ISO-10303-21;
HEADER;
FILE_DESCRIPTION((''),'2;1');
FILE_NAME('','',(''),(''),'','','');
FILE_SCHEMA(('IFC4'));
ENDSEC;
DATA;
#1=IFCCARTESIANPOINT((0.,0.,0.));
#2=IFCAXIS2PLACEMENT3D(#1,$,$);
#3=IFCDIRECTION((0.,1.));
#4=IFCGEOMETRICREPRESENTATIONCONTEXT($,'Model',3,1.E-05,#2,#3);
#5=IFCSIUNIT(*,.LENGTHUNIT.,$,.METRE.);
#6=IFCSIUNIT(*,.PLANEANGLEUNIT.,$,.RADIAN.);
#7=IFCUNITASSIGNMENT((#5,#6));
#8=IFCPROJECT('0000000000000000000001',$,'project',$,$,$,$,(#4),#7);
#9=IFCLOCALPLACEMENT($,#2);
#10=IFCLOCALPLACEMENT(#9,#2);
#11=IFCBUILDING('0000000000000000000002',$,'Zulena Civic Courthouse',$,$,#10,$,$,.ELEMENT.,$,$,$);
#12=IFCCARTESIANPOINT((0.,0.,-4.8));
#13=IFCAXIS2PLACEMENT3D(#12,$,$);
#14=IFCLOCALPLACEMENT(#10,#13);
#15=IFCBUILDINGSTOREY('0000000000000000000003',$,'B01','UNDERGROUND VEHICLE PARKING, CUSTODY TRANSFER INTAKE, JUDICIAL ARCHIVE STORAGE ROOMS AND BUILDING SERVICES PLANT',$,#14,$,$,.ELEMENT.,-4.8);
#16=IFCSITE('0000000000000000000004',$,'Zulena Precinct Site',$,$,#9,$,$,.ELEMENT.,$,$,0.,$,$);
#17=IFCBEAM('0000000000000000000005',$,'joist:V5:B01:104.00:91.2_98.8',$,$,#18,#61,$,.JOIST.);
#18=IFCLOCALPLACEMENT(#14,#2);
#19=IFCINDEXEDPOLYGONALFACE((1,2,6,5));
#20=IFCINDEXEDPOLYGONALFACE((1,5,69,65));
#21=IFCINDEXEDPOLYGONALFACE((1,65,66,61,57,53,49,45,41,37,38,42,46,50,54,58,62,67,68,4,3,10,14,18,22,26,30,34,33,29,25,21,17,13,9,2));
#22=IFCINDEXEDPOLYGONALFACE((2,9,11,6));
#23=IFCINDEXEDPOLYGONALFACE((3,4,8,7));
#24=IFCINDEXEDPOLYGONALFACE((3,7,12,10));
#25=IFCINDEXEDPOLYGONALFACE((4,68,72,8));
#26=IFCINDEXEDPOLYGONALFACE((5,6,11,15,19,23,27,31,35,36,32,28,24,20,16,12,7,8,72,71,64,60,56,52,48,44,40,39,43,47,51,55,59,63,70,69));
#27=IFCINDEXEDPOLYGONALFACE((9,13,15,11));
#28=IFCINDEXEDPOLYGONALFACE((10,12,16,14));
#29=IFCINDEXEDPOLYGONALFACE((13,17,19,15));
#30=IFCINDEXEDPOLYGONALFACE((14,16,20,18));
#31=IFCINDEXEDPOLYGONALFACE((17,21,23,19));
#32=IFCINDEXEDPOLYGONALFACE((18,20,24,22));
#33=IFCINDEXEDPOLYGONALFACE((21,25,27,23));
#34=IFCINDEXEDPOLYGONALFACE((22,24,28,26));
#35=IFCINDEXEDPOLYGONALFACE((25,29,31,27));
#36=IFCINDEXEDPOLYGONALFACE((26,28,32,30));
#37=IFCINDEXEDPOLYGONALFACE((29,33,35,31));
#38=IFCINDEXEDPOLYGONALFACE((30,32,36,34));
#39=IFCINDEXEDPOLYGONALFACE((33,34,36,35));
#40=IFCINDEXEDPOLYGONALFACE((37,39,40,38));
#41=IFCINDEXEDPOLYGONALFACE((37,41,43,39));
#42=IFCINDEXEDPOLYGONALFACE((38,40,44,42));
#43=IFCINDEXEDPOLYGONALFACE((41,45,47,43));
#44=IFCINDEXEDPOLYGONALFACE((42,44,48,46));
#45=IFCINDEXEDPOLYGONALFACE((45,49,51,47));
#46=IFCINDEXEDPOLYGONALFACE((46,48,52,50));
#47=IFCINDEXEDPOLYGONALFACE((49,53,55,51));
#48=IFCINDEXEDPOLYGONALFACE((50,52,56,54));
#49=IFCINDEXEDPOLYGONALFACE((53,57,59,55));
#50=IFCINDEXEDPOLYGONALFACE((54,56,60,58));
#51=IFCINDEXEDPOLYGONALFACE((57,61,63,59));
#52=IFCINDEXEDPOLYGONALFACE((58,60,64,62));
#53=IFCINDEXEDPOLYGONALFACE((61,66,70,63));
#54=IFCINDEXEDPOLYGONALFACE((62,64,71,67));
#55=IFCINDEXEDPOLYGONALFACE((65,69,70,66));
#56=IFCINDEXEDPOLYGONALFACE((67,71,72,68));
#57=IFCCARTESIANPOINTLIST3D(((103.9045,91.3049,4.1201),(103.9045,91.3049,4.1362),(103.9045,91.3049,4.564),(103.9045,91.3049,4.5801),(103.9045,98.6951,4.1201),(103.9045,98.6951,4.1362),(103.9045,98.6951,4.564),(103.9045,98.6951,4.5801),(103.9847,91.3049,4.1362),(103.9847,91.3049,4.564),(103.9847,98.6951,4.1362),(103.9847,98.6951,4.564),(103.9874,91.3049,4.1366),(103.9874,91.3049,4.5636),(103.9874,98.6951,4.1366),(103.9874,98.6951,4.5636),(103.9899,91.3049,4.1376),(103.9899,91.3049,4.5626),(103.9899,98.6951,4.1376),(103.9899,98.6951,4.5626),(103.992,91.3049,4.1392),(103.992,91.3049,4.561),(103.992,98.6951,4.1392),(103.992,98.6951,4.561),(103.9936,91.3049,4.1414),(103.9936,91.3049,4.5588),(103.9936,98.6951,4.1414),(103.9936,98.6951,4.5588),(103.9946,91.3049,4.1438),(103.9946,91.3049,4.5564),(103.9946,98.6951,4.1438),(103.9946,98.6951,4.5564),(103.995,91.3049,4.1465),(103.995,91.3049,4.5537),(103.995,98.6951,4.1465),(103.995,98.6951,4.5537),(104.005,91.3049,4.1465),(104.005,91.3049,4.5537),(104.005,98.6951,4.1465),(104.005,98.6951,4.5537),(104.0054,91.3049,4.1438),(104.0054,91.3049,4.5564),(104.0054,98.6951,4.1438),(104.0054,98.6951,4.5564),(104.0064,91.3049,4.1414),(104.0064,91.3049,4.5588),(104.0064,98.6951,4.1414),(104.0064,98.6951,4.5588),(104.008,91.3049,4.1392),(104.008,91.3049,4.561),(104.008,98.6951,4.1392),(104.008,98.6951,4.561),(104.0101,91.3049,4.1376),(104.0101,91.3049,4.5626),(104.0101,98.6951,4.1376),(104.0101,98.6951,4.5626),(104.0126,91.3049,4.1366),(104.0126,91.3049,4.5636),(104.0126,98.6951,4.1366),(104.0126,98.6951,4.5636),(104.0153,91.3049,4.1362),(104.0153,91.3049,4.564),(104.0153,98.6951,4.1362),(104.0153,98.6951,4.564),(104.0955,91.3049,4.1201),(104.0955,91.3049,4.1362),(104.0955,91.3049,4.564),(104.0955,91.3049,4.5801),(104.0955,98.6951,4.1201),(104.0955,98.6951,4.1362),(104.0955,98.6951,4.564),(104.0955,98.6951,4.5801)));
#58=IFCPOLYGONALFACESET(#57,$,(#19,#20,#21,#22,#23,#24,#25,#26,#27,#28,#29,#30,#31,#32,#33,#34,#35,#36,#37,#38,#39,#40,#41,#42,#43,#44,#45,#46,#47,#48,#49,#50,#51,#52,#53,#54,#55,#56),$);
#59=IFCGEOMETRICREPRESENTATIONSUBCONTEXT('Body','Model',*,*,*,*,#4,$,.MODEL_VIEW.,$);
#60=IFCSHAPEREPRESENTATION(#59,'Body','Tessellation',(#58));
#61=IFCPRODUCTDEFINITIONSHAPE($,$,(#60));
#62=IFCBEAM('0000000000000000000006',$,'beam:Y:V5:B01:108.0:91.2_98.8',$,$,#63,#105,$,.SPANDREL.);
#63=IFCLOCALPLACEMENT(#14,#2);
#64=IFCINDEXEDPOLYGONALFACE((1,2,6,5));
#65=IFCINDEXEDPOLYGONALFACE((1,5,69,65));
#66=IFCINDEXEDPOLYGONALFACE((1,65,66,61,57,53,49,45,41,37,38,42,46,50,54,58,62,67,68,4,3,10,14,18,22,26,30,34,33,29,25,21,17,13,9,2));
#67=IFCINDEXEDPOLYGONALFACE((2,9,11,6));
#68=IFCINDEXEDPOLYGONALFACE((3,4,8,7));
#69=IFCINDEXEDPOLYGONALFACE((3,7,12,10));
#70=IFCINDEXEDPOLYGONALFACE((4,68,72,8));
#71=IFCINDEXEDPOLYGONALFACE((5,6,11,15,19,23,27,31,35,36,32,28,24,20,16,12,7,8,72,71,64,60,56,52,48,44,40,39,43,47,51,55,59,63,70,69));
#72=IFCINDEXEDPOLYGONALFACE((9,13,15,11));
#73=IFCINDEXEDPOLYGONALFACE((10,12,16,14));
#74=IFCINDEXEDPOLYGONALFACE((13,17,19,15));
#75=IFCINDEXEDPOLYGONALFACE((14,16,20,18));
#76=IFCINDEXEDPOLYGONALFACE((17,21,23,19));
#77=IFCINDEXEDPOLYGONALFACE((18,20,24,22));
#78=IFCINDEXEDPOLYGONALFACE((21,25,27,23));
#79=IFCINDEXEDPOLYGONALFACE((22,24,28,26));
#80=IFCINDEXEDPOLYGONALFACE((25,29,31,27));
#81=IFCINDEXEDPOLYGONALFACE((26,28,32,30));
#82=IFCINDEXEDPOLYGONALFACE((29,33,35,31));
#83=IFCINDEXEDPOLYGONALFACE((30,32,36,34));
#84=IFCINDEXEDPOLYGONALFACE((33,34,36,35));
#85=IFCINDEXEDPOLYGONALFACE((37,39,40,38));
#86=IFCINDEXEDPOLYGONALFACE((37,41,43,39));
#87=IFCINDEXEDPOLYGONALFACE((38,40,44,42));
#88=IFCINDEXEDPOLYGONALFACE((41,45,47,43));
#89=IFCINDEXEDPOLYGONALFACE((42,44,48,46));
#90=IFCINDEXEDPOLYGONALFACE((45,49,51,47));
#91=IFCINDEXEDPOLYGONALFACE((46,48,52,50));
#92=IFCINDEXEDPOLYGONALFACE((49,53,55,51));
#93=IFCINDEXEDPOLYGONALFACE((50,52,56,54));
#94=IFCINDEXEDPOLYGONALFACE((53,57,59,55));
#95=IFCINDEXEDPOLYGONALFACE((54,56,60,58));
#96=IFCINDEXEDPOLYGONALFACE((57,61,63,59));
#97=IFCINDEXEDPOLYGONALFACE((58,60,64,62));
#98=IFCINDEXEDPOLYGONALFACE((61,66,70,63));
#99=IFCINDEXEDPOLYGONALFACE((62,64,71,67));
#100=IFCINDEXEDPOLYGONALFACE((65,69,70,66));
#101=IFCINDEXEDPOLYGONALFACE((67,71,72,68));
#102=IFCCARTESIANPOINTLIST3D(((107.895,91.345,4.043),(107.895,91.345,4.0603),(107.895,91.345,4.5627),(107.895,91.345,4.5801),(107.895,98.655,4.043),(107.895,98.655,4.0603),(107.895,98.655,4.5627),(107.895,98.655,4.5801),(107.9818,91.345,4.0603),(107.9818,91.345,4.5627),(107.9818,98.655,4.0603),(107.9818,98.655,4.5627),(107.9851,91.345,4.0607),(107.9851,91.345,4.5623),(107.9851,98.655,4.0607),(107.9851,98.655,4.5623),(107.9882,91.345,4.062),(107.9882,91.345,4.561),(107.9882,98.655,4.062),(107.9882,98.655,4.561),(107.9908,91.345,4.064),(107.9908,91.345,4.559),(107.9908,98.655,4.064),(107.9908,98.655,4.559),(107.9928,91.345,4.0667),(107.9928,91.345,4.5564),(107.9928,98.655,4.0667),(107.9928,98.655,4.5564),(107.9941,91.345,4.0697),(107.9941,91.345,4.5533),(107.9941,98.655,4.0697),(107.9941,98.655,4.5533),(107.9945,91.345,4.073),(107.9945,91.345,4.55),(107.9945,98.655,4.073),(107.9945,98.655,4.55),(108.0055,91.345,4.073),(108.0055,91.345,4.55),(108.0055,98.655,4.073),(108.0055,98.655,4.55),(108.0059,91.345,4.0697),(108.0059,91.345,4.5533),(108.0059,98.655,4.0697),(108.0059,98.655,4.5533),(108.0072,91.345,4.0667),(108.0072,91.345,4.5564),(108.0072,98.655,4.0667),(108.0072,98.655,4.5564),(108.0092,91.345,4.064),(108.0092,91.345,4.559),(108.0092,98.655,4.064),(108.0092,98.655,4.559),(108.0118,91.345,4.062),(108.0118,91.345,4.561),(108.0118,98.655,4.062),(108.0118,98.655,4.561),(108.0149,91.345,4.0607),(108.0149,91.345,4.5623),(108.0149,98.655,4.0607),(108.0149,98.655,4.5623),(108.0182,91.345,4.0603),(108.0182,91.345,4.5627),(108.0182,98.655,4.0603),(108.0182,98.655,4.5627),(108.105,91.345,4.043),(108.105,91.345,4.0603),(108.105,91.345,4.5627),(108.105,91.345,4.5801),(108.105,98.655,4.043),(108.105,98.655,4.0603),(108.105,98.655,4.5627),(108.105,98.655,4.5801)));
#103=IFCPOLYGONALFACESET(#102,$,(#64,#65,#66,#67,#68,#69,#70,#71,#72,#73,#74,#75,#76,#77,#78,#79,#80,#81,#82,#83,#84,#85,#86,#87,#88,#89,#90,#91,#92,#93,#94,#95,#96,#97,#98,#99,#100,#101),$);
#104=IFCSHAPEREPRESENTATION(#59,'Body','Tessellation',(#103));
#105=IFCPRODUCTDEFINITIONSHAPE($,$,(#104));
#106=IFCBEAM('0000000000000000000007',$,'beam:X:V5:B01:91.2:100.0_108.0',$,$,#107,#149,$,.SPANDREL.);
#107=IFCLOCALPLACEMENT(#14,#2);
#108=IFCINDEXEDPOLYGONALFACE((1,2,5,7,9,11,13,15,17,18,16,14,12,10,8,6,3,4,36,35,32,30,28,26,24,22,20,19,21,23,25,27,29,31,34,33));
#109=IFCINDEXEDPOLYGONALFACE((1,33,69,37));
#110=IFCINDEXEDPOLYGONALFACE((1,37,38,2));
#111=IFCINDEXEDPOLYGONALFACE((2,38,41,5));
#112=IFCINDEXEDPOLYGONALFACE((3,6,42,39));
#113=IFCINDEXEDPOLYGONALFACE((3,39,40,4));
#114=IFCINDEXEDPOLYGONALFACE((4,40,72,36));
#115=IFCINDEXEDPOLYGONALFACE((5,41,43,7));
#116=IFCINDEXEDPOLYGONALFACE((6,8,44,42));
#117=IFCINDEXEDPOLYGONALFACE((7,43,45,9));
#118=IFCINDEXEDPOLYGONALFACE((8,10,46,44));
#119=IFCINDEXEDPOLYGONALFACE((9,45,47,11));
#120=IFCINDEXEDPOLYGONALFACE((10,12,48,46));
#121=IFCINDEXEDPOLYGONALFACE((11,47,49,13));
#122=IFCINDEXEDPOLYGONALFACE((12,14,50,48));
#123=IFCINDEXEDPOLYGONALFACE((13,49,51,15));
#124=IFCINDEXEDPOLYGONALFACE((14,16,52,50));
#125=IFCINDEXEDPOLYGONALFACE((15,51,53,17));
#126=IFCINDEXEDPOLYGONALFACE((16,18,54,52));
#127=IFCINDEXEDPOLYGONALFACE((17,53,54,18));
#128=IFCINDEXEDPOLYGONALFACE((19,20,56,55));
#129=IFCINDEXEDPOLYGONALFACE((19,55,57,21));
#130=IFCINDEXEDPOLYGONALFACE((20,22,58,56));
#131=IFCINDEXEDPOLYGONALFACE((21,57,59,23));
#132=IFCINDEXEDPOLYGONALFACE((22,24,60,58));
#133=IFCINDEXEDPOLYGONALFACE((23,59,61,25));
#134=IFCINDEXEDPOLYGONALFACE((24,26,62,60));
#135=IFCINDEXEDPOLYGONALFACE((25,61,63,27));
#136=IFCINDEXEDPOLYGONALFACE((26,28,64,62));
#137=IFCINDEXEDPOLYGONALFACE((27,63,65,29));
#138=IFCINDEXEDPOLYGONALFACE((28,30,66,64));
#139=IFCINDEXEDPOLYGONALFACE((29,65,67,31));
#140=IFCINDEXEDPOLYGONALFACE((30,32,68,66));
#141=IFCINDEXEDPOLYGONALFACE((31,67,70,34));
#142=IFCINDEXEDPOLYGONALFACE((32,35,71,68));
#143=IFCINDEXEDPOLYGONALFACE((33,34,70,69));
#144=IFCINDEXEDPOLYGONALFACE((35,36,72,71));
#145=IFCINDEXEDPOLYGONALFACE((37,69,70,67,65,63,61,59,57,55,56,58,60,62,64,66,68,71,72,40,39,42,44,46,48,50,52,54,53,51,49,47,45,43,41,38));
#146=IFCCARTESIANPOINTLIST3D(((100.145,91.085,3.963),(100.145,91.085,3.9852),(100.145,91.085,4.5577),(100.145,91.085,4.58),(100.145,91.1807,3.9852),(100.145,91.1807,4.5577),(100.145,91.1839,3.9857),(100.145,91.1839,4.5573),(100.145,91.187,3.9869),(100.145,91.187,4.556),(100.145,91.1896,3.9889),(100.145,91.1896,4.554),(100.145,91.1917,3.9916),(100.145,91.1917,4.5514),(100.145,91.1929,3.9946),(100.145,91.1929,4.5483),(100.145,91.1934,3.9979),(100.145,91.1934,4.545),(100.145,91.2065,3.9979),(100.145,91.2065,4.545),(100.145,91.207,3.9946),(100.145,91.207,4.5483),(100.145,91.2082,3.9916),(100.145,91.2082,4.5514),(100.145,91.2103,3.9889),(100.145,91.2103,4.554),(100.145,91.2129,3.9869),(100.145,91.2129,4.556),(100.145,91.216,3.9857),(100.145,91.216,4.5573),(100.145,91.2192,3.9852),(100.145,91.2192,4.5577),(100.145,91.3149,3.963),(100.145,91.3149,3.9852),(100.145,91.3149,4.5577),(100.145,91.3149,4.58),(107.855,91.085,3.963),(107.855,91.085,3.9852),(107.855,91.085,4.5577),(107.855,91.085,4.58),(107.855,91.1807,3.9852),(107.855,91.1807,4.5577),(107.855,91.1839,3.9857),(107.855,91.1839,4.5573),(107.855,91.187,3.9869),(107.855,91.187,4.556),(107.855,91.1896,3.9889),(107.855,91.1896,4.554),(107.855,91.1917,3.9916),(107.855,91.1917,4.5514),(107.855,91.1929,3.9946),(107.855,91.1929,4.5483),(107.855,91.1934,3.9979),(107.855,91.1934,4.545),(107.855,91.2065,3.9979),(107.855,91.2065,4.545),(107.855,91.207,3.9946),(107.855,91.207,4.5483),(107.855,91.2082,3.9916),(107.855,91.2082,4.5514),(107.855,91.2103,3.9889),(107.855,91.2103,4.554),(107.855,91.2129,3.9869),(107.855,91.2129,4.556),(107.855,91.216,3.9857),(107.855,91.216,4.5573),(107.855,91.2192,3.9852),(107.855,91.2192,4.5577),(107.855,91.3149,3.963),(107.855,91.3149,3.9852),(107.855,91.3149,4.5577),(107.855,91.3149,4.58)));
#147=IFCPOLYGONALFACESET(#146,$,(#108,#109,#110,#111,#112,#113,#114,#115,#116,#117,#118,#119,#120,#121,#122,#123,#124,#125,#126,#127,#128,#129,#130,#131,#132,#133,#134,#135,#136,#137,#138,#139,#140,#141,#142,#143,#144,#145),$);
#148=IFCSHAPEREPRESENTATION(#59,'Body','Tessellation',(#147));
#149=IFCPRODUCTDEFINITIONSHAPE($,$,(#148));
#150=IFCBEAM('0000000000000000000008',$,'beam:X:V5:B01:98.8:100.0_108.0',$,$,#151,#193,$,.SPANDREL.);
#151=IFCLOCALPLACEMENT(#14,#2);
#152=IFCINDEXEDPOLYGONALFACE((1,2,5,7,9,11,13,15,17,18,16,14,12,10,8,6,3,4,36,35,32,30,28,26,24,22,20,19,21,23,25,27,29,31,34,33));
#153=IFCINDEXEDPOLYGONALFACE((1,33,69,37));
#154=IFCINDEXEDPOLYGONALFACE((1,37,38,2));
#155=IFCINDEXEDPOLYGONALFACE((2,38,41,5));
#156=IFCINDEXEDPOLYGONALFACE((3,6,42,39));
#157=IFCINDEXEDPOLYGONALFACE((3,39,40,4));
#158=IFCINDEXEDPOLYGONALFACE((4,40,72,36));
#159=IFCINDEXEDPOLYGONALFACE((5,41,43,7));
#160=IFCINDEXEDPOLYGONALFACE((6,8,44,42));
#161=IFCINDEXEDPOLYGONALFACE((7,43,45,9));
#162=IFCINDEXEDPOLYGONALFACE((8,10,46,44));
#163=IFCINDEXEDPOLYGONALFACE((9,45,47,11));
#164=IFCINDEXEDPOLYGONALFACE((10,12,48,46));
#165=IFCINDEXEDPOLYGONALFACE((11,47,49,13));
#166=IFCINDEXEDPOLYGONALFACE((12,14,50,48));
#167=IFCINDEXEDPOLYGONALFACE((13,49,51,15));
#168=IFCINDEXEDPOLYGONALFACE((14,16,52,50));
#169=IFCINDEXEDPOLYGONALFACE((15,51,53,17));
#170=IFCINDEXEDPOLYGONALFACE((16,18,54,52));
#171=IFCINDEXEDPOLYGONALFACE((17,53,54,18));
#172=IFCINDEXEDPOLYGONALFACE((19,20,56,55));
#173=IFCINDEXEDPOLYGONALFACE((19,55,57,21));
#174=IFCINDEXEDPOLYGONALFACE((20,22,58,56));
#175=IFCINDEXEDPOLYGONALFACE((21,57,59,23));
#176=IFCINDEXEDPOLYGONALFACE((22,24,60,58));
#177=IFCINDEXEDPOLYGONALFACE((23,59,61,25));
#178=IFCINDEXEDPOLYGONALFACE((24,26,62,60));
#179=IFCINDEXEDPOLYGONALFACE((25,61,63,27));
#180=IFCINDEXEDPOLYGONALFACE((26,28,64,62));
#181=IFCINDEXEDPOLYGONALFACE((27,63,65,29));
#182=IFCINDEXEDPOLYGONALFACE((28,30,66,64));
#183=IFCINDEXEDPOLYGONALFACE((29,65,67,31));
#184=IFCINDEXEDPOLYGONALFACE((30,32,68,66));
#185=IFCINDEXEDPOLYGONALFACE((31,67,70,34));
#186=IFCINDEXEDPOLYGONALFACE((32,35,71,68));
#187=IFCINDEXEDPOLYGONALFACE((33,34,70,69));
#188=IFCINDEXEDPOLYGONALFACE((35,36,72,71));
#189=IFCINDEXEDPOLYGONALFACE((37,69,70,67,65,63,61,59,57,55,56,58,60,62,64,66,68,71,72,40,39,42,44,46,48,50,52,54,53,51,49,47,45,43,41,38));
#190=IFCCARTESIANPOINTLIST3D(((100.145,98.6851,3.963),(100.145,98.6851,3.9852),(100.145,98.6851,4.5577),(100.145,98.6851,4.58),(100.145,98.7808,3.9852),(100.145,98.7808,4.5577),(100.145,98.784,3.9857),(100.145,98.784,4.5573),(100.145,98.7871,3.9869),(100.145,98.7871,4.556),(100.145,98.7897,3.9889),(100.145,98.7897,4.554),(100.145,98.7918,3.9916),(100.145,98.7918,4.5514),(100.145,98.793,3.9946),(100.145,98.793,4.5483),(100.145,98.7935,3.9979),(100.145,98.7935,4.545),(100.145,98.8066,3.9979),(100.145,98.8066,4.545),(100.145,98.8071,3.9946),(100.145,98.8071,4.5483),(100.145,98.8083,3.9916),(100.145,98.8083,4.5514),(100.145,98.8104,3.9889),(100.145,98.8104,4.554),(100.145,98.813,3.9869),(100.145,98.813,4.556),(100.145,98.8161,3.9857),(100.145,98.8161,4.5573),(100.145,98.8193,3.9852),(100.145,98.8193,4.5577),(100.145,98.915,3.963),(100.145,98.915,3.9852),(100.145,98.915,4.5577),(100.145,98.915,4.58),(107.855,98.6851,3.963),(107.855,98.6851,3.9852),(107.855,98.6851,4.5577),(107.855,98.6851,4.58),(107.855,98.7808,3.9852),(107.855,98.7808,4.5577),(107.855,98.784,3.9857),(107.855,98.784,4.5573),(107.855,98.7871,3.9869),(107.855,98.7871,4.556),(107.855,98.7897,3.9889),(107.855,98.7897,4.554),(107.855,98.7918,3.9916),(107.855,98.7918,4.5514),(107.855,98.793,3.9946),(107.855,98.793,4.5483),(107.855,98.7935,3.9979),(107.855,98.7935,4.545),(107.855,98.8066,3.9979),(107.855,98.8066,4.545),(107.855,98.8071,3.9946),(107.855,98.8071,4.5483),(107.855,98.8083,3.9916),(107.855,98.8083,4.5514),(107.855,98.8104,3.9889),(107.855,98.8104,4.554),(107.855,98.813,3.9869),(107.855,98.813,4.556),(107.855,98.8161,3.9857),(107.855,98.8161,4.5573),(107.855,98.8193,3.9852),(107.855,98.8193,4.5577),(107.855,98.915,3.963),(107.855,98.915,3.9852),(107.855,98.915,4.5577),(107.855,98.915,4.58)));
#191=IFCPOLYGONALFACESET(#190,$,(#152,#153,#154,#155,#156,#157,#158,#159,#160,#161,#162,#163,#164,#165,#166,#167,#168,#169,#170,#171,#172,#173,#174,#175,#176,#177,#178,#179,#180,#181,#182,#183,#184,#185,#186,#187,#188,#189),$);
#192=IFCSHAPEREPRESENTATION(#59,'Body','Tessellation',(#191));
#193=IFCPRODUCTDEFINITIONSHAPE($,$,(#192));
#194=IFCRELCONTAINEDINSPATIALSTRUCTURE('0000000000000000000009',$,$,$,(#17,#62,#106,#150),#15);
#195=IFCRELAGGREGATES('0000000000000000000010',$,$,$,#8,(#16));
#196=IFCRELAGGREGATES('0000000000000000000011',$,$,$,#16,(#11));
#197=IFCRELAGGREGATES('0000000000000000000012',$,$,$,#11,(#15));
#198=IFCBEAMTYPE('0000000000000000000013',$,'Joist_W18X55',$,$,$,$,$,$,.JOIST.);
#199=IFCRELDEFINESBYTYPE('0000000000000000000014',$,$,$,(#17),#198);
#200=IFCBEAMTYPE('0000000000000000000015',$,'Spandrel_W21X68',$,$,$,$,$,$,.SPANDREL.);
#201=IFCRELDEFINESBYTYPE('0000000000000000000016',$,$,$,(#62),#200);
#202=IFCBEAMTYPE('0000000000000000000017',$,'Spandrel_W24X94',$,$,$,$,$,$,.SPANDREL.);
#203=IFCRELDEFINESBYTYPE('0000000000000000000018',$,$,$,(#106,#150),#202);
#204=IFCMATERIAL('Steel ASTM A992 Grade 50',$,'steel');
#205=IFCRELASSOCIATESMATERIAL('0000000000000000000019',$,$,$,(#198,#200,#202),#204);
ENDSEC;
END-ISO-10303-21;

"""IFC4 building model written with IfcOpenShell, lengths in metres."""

from ifc_helpers import new_model, si_unit, direction, frame, origin, origin_2d, place, context, subcontext, project, spatial, i_section, extrude, material, material_profile, profile_set, type_object, element, save


model = new_model("IFC4")

# Units and contexts
model_context = context("Model", 3, precision=1e-05, world=origin(), true_north=direction((0.0, 1.0)))
body_context = subcontext(model_context, "Body", "Model", "MODEL_VIEW")
ifc_project = project(units=[si_unit("LENGTHUNIT", "METRE"), si_unit("PLANEANGLEUNIT", "RADIAN")], contexts=[model_context])

# Site, building, storey
site_placement = place(None, origin())
site = spatial("IfcSite", under=ifc_project, at=site_placement, Name="Zulena Precinct Site", CompositionType="ELEMENT", RefElevation=0.0)
building_placement = place(site_placement, origin())
building = spatial("IfcBuilding", under=site, at=building_placement, Name="Zulena Civic Courthouse", CompositionType="ELEMENT")
storey_placement = place(building_placement, frame((0.0, 0.0, -4.8)))
storey = spatial("IfcBuildingStorey", under=building, at=storey_placement, Name="B01", Description="UNDERGROUND VEHICLE PARKING, CUSTODY TRANSFER INTAKE, JUDICIAL ARCHIVE STORAGE ROOMS AND BUILDING SERVICES PLANT", CompositionType="ELEMENT", Elevation=-4.8)

# Shared definitions
ifc_material_1 = material(Name="Steel ASTM A992 Grade 50", Category="steel")

# Beams
ifc_material_profile_1 = material_profile(ifc_material_1, i_section(OverallWidth=0.1909, OverallDepth=0.46, WebThickness=0.01, FlangeThickness=0.0161, FilletRadius=0.0103, at=origin_2d()), Name="W18X55")
ifc_profile_set_1 = profile_set([ifc_material_profile_1], Name="Steel ASTM A992 Grade 50")
beam_type_1 = type_object("IfcBeamType", Name="Joist_W18X55", PredefinedType="JOIST", material=ifc_profile_set_1)
beam_1_placement = place(storey_placement, frame((104.0, 91.3049, 4.3501), z_axis=(0.0, 1.0, 0.0), x_axis=(-1.0, 0.0, 0.0)))
element("IfcBeam", 1, at=beam_1_placement, inside=storey, type_object=beam_type_1, Name="joist:V5:B01:104.00:91.2_98.8", PredefinedType="JOIST", context=body_context, shape_type="SweptSolid", body=[
    extrude(i_section(OverallWidth=0.1909, OverallDepth=0.46, WebThickness=0.01, FlangeThickness=0.0161, FilletRadius=0.0103, at=origin_2d()), origin(), (0.0, 0.0, 1.0), 7.3901),
])
ifc_material_profile_2 = material_profile(ifc_material_1, i_section(OverallWidth=0.21, OverallDepth=0.5371, WebThickness=0.011, FlangeThickness=0.0173, FilletRadius=0.0127, at=origin_2d()), Name="W21X68")
ifc_profile_set_2 = profile_set([ifc_material_profile_2], Name="Steel ASTM A992 Grade 50")
beam_type_2 = type_object("IfcBeamType", Name="Spandrel_W21X68", PredefinedType="SPANDREL", material=ifc_profile_set_2)
beam_2_placement = place(storey_placement, frame((108.0, 91.345, 4.3115), z_axis=(0.0, 1.0, 0.0), x_axis=(-1.0, 0.0, 0.0)))
element("IfcBeam", 2, at=beam_2_placement, inside=storey, type_object=beam_type_2, Name="beam:Y:V5:B01:108.0:91.2_98.8", PredefinedType="SPANDREL", context=body_context, shape_type="SweptSolid", body=[
    extrude(i_section(OverallWidth=0.21, OverallDepth=0.5371, WebThickness=0.011, FlangeThickness=0.0173, FilletRadius=0.0127, at=origin_2d()), origin(), (0.0, 0.0, 1.0), 7.3101),
])
ifc_material_profile_3 = material_profile(ifc_material_1, i_section(OverallWidth=0.23, OverallDepth=0.6169, WebThickness=0.0132, FlangeThickness=0.0222, FilletRadius=0.0127, at=origin_2d()), Name="W24X94")
ifc_profile_set_3 = profile_set([ifc_material_profile_3], Name="Steel ASTM A992 Grade 50")
beam_type_3 = type_object("IfcBeamType", Name="Spandrel_W24X94", PredefinedType="SPANDREL", material=ifc_profile_set_3)
for number, where, z_axis, x_axis, name in (
    (3, (100.145, 91.2, 4.2715), (1.0, 0.0, 0.0), (0.0, 1.0, 0.0), "beam:X:V5:B01:91.2:100.0_108.0"),
    (4, (100.145, 98.8, 4.2715), (1.0, 0.0, 0.0), (0.0, 1.0, 0.0), "beam:X:V5:B01:98.8:100.0_108.0"),
):
    element("IfcBeam", number, at=place(storey_placement, frame(where, z_axis=z_axis, x_axis=x_axis)), inside=storey, type_object=beam_type_3, Name=name, PredefinedType="SPANDREL", context=body_context, shape_type="SweptSolid", body=[
        extrude(i_section(OverallWidth=0.23, OverallDepth=0.6169, WebThickness=0.0132, FlangeThickness=0.0222, FilletRadius=0.0127, at=origin_2d()), origin(), (0.0, 0.0, 1.0), 7.71),
    ])

save(model, "model.ifc")
